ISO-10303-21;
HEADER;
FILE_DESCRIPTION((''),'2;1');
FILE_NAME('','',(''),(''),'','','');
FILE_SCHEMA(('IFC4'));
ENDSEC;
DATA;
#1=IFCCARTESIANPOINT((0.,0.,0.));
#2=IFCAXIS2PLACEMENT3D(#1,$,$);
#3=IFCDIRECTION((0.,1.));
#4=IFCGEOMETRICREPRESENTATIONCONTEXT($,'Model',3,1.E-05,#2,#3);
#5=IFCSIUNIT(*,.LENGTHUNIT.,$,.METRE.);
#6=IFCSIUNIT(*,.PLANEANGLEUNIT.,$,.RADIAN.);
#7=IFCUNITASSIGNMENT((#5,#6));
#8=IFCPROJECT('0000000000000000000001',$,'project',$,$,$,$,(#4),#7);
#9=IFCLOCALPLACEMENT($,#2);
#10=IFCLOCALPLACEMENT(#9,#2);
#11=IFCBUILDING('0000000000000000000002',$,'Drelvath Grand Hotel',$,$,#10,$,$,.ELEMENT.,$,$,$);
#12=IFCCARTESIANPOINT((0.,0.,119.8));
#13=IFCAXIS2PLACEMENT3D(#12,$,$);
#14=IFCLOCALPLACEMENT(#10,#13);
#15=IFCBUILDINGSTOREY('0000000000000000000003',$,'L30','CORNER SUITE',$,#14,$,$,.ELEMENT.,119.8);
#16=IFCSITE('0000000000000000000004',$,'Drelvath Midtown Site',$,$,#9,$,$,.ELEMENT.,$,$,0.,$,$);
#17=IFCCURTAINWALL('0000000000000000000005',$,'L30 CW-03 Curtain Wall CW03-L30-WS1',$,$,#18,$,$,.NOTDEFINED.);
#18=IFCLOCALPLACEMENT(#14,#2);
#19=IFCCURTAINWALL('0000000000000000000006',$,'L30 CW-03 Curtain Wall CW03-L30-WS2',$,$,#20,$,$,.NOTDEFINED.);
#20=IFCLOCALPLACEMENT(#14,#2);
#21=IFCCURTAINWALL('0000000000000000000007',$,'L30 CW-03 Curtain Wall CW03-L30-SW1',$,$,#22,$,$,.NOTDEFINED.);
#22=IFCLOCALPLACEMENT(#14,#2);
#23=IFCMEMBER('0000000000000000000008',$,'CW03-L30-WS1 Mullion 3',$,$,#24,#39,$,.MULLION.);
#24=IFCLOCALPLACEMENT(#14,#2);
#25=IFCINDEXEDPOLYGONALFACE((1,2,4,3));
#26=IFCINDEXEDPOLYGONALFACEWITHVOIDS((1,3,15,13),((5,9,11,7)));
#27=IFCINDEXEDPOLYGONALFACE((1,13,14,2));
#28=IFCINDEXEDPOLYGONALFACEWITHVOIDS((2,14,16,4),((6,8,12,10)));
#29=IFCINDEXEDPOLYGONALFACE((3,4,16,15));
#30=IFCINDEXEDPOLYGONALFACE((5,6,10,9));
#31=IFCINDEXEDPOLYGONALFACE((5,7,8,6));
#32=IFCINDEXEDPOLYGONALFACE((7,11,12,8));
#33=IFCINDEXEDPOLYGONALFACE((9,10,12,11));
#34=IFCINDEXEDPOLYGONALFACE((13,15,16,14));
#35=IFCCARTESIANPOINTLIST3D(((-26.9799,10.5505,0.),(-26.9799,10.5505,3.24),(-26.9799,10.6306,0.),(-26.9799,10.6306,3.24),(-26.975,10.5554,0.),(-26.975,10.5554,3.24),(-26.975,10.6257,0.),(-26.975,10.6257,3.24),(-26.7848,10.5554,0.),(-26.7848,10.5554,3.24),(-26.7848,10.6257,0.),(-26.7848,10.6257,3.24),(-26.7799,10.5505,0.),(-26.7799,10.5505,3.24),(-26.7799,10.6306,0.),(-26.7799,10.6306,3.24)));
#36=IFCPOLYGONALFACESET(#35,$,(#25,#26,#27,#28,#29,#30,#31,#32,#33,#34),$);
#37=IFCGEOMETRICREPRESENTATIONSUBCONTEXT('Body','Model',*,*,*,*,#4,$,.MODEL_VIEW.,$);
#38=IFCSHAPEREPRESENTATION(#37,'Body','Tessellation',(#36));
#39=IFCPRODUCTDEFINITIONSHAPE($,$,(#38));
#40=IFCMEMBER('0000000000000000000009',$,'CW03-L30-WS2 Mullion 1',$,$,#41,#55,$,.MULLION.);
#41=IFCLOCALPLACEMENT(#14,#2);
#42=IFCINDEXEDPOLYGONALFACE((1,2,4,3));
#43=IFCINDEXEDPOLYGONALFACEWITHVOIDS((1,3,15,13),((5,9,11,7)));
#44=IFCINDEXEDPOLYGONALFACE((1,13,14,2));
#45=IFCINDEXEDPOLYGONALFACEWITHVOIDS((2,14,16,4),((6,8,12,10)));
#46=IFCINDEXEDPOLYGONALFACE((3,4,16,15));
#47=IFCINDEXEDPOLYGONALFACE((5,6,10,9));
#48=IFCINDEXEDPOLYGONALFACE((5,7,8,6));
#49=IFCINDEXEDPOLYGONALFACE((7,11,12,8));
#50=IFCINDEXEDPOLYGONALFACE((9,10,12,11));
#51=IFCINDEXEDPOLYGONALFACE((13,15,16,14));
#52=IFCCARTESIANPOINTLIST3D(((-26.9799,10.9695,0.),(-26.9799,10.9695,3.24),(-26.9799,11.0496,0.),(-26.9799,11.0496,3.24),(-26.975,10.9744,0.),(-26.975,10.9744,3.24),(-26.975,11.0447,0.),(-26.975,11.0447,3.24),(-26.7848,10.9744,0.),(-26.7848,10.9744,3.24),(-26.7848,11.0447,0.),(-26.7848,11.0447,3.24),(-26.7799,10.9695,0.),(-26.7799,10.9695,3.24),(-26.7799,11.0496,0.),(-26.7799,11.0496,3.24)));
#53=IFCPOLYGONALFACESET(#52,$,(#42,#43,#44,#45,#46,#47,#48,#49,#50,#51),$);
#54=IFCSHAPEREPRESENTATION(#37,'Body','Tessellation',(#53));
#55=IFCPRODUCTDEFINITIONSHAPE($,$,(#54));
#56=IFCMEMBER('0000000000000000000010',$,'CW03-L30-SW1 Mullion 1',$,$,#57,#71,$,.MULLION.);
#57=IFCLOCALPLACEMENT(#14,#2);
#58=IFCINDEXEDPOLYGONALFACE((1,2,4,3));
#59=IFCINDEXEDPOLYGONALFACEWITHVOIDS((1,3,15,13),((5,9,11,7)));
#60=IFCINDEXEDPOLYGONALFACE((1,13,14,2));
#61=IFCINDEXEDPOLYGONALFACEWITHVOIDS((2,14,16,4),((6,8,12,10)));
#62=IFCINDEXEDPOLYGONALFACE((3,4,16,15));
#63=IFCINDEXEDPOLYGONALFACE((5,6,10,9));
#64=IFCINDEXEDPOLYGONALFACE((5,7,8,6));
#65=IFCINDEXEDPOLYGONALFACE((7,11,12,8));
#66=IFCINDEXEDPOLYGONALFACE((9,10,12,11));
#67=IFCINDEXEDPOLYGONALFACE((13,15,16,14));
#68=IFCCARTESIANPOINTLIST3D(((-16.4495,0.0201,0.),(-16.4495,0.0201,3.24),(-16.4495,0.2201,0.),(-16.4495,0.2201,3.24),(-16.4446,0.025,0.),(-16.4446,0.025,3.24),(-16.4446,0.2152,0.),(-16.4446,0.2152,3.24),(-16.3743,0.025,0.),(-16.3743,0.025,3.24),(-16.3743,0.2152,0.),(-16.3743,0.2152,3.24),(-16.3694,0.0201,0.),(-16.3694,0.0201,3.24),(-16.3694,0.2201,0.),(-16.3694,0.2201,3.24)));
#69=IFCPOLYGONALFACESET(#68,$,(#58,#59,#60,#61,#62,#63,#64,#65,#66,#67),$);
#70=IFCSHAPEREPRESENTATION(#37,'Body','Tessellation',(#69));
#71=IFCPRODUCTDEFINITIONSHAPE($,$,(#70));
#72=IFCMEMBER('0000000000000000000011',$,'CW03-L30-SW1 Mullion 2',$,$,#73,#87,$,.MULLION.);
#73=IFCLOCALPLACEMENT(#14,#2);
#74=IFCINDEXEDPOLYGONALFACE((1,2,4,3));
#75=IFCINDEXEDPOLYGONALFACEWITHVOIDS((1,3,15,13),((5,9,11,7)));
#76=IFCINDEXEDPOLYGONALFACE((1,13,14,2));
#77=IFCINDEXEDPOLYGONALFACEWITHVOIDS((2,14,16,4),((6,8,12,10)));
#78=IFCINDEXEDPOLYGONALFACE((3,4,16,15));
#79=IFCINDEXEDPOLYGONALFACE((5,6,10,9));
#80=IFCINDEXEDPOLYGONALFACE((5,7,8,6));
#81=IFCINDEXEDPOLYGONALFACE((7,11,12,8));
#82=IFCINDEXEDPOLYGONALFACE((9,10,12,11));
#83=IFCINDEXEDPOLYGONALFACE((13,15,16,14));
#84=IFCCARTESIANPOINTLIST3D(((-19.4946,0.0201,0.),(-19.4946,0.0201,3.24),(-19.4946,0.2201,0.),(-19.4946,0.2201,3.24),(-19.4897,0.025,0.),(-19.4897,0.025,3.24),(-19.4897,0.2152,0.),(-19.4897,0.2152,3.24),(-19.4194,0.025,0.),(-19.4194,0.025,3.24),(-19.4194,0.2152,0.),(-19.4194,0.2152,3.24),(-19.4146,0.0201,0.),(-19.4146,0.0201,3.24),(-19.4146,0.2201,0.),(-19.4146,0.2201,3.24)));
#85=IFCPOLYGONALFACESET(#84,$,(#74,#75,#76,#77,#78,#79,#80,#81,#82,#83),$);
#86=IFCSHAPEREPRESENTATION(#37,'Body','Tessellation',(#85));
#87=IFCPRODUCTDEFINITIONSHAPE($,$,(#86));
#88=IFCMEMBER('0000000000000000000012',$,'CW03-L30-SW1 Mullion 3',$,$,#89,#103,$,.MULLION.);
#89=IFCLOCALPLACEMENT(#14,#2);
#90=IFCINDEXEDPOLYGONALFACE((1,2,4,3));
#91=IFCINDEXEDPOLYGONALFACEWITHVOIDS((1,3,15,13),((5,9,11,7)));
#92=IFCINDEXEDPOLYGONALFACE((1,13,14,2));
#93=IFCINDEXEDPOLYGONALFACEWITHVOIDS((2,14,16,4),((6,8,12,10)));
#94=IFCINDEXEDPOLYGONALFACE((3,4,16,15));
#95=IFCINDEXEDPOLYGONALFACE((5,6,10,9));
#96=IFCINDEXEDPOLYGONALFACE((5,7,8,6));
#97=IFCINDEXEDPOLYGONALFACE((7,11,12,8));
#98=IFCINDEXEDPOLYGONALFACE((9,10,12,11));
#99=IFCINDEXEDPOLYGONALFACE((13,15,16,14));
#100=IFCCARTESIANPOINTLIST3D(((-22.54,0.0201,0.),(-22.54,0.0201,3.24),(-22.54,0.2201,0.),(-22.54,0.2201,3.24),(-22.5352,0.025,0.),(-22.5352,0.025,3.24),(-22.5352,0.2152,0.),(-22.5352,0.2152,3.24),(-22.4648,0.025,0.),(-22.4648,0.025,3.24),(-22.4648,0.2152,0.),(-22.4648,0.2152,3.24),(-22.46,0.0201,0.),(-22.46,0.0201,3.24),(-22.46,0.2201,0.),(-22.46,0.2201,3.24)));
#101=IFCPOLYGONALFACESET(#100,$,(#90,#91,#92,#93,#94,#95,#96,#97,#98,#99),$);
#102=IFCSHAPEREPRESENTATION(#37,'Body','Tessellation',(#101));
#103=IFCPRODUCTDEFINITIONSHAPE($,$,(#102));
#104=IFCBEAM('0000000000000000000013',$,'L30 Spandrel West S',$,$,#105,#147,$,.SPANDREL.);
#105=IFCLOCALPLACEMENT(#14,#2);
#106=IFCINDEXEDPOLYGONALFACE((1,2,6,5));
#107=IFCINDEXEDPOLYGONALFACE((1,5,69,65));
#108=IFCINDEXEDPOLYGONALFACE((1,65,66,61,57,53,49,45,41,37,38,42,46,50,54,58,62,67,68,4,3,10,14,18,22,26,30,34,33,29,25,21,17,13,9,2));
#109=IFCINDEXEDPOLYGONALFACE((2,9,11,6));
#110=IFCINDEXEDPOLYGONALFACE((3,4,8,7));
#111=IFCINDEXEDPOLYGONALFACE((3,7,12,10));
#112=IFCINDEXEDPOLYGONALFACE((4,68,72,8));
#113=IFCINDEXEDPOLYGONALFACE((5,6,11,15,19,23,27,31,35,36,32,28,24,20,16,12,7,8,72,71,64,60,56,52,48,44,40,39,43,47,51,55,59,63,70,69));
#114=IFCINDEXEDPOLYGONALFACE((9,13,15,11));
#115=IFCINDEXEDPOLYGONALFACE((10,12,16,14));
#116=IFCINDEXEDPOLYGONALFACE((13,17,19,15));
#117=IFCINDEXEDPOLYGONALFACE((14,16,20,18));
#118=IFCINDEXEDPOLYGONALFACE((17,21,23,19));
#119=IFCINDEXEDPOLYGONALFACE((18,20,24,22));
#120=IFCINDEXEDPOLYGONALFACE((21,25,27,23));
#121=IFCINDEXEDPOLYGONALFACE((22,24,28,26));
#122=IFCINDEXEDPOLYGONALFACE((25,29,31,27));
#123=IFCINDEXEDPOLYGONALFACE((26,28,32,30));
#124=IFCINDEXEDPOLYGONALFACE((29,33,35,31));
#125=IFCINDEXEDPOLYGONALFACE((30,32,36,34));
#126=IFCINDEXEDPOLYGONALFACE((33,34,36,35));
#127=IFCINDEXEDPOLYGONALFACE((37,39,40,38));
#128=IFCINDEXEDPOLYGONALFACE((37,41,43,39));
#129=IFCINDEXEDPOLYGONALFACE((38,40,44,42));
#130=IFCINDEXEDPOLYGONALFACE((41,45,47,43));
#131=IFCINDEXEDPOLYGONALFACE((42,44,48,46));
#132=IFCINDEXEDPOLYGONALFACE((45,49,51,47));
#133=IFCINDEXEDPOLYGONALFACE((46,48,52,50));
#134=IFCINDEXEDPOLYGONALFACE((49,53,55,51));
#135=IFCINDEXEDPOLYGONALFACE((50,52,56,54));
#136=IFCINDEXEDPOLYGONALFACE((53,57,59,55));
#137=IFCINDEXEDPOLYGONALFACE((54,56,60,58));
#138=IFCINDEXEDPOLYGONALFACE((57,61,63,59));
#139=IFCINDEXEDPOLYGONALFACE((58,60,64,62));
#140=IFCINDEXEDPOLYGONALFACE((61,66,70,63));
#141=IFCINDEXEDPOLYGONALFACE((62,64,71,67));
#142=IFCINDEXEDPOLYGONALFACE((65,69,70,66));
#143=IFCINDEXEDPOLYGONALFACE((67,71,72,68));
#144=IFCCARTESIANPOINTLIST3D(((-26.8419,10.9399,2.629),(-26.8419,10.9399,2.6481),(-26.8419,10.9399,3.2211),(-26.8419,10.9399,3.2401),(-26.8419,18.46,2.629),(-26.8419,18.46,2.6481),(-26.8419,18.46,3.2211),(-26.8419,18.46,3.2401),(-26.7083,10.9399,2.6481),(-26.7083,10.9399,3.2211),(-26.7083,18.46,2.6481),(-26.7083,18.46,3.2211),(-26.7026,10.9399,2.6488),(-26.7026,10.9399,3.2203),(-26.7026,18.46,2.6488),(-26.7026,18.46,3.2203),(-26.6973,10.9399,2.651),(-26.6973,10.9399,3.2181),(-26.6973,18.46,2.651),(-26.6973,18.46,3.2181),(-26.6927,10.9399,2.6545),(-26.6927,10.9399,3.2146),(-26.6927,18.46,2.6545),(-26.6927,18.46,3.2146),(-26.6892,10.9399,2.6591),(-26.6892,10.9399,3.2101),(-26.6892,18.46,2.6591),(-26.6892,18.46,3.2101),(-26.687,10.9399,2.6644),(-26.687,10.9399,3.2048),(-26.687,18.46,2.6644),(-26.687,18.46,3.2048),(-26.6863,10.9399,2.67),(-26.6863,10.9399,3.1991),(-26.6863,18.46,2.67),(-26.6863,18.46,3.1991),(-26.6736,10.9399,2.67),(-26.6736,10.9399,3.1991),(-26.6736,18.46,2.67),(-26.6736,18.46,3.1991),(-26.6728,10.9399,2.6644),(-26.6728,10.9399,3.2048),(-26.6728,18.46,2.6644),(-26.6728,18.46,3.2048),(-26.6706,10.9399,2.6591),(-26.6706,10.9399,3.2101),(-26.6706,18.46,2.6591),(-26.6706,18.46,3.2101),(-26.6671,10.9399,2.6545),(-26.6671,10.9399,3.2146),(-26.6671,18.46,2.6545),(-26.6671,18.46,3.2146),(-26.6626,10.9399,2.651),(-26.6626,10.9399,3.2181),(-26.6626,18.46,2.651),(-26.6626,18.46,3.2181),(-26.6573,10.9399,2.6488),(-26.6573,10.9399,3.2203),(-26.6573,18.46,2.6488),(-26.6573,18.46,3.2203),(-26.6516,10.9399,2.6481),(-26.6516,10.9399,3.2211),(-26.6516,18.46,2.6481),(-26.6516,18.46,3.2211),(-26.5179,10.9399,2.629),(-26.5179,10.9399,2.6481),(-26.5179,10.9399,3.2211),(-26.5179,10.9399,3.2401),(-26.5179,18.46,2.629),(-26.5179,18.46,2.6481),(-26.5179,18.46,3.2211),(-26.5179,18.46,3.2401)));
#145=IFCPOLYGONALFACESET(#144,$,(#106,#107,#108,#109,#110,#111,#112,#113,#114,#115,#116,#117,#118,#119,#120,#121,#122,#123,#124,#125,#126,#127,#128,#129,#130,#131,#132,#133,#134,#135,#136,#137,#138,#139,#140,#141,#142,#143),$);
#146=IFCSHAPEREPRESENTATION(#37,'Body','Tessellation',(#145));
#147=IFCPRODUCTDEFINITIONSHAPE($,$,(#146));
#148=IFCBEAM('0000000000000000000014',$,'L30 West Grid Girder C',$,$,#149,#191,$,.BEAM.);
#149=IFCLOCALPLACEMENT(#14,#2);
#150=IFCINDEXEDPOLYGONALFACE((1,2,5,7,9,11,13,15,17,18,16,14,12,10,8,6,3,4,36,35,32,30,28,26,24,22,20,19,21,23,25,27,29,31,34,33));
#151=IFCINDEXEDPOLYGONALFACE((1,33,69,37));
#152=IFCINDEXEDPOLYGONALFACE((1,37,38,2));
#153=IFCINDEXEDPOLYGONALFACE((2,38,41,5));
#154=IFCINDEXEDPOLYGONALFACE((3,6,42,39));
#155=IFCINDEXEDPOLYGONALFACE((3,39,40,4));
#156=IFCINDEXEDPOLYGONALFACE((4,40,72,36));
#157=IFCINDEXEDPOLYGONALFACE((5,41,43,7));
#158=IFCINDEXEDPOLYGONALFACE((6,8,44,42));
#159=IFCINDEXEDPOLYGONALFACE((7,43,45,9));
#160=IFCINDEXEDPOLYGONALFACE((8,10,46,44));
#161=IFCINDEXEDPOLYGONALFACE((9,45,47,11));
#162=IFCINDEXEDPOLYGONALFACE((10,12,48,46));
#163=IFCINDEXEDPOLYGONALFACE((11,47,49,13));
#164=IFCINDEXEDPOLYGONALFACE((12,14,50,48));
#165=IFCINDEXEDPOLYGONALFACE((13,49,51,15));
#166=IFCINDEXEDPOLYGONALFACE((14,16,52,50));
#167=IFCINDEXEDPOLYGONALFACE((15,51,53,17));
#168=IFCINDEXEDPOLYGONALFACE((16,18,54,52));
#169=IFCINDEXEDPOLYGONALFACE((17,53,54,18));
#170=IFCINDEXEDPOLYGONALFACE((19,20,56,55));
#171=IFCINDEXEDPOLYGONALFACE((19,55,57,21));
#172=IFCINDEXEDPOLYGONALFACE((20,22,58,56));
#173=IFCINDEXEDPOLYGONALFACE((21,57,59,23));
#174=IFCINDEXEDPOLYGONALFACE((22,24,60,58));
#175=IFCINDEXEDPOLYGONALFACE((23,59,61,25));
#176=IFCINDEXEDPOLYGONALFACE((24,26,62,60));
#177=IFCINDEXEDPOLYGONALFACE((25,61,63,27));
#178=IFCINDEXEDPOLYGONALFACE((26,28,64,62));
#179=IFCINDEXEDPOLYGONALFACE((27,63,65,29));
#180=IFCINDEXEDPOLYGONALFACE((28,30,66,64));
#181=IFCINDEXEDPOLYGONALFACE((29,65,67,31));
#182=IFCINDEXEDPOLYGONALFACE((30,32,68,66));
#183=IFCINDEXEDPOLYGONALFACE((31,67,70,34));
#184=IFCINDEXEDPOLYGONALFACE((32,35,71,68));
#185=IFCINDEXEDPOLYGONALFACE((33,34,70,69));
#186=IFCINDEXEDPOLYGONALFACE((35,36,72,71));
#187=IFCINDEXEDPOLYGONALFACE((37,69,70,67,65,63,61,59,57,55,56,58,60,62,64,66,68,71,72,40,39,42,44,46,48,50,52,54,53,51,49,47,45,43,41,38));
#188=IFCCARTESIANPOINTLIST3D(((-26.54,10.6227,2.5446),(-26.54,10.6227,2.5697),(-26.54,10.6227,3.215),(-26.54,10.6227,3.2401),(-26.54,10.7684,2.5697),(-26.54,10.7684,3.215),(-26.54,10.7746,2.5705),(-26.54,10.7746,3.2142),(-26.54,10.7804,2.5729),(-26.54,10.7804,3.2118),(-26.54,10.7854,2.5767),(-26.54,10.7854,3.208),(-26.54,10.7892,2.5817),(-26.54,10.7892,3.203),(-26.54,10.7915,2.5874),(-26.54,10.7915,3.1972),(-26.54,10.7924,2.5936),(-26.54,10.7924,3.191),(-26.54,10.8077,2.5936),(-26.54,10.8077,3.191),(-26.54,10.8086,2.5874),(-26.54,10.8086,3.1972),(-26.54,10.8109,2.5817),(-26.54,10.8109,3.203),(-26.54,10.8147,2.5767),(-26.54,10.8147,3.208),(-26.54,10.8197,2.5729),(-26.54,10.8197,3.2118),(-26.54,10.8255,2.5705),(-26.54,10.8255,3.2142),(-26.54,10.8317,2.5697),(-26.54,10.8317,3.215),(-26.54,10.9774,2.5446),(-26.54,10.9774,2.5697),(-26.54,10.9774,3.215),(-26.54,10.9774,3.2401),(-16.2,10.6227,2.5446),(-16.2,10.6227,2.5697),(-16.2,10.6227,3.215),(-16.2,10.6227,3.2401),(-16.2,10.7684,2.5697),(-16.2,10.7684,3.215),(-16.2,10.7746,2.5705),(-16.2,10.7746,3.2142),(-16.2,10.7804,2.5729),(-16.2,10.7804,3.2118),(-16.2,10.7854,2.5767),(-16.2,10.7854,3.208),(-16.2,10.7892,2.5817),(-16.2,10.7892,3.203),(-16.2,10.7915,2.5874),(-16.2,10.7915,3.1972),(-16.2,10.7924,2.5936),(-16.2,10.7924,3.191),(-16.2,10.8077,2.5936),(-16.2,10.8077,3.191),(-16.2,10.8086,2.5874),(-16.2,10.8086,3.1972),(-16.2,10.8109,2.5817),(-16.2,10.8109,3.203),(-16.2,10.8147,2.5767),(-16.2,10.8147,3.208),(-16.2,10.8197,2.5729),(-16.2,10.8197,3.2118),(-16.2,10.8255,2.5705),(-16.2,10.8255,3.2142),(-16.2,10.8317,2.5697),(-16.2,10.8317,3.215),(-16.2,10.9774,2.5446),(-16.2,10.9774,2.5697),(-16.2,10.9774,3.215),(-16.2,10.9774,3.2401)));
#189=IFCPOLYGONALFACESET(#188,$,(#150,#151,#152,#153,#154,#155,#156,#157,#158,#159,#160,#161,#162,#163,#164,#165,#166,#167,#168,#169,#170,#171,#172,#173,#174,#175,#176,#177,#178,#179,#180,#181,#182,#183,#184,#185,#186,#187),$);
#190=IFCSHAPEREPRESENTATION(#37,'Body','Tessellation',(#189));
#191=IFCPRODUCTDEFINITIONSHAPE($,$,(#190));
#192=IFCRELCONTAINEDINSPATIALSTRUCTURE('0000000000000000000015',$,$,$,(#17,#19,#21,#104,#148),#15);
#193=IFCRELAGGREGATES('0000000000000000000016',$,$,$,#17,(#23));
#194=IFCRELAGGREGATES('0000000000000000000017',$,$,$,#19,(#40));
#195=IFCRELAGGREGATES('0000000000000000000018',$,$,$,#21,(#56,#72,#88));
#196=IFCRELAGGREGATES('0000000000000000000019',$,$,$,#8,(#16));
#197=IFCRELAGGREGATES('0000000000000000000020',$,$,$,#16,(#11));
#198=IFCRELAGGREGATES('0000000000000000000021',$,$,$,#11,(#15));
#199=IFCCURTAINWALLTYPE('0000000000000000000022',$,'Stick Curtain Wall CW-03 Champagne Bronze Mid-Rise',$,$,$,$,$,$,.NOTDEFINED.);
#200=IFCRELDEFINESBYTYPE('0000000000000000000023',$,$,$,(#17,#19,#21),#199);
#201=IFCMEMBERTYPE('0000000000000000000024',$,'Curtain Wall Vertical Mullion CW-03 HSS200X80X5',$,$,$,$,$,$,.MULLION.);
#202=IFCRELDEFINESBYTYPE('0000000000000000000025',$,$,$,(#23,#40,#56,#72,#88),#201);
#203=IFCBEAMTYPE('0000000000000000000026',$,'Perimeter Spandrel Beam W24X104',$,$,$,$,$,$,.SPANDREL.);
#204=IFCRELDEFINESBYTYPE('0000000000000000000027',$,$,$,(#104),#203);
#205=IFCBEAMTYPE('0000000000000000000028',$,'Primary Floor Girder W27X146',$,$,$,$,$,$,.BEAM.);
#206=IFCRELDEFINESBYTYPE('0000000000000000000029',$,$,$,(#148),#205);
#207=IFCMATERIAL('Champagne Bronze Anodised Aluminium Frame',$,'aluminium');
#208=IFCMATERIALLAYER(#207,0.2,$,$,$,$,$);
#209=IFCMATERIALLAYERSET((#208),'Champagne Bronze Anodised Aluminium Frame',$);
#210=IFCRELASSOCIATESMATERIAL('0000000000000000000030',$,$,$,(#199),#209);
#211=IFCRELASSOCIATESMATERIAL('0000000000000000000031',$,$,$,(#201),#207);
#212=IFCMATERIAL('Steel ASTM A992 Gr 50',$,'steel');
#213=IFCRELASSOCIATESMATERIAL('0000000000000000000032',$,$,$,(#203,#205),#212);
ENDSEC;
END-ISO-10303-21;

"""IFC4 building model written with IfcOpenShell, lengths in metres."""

from ifc_helpers import new_model, si_unit, direction, frame, origin, origin_2d, place, context, subcontext, project, spatial, hollow_rectangle, i_section, extrude, material, layer, layer_set, material_profile, profile_set, type_object, element, aggregate, save


model = new_model("IFC4")

# Units and contexts
model_context = context("Model", 3, precision=1e-05, world=origin(), true_north=direction((0.0, 1.0)))
body_context = subcontext(model_context, "Body", "Model", "MODEL_VIEW")
ifc_project = project(units=[si_unit("LENGTHUNIT", "METRE"), si_unit("PLANEANGLEUNIT", "RADIAN")], contexts=[model_context])

# Site, building, storey
site_placement = place(None, origin())
site = spatial("IfcSite", under=ifc_project, at=site_placement, Name="Drelvath Midtown Site", CompositionType="ELEMENT", RefElevation=0.0)
building_placement = place(site_placement, origin())
building = spatial("IfcBuilding", under=site, at=building_placement, Name="Drelvath Grand Hotel", CompositionType="ELEMENT")
storey_placement = place(building_placement, frame((0.0, 0.0, 119.8)))
storey = spatial("IfcBuildingStorey", under=building, at=storey_placement, Name="L30", Description="CORNER SUITE", CompositionType="ELEMENT", Elevation=119.8)

# Curtain walls
ifc_material_1 = material(Name="Champagne Bronze Anodised Aluminium Frame", Category="aluminium")
ifc_layer_1 = layer(ifc_material_1, 0.2)
ifc_layer_set_1 = layer_set([ifc_layer_1], Name="Champagne Bronze Anodised Aluminium Frame")
curtain_wall_type = type_object("IfcCurtainWallType", Name="Stick Curtain Wall CW-03 Champagne Bronze Mid-Rise", PredefinedType="NOTDEFINED", material=ifc_layer_set_1)
curtain_wall_1_placement = place(storey_placement, origin())
curtain_wall_1 = element("IfcCurtainWall", 1, at=curtain_wall_1_placement, inside=storey, type_object=curtain_wall_type, Name="L30 CW-03 Curtain Wall CW03-L30-WS1", PredefinedType="NOTDEFINED")
curtain_wall_2_placement = place(storey_placement, origin())
curtain_wall_2 = element("IfcCurtainWall", 2, at=curtain_wall_2_placement, inside=storey, type_object=curtain_wall_type, Name="L30 CW-03 Curtain Wall CW03-L30-WS2", PredefinedType="NOTDEFINED")
curtain_wall_3_placement = place(storey_placement, origin())
curtain_wall_3 = element("IfcCurtainWall", 3, at=curtain_wall_3_placement, inside=storey, type_object=curtain_wall_type, Name="L30 CW-03 Curtain Wall CW03-L30-SW1", PredefinedType="NOTDEFINED")

# Members
ifc_material_profile_1 = material_profile(ifc_material_1, hollow_rectangle(XDim=0.0801, YDim=0.2, WallThickness=0.0049, at=origin_2d()), Name="HSS200X80X5")
ifc_profile_set_1 = profile_set([ifc_material_profile_1], Name="Champagne Bronze Anodised Aluminium Frame")
member_type_1 = type_object("IfcMemberType", Name="Curtain Wall Vertical Mullion CW-03 HSS200X80X5", PredefinedType="MULLION", material=ifc_profile_set_1)
member_1_placement = place(storey_placement, frame((-26.8799, 10.5906, 0.0), z_axis=(0.0, 0.0, 1.0), x_axis=(0.0, 1.0, 0.0)))
member_1 = element("IfcMember", 4, at=member_1_placement, type_object=member_type_1, Name="CW03-L30-WS1 Mullion 3", PredefinedType="MULLION", context=body_context, shape_type="SweptSolid", body=[
    extrude(hollow_rectangle(XDim=0.0801, YDim=0.2, WallThickness=0.0049, at=origin_2d()), origin(), (0.0, 0.0, 1.0), 3.24),
])
member_2_placement = place(storey_placement, frame((-26.8799, 11.0095, 0.0), z_axis=(0.0, 0.0, 1.0), x_axis=(0.0, 1.0, 0.0)))
member_2 = element("IfcMember", 5, at=member_2_placement, type_object=member_type_1, Name="CW03-L30-WS2 Mullion 1", PredefinedType="MULLION", context=body_context, shape_type="SweptSolid", body=[
    extrude(hollow_rectangle(XDim=0.0801, YDim=0.2, WallThickness=0.0049, at=origin_2d()), origin(), (0.0, 0.0, 1.0), 3.24),
])
member_3_placement = place(storey_placement, frame((-16.4094, 0.1201, 0.0), z_axis=(0.0, 0.0, 1.0), x_axis=(1.0, 0.0, 0.0)))
member_3 = element("IfcMember", 6, at=member_3_placement, type_object=member_type_1, Name="CW03-L30-SW1 Mullion 1", PredefinedType="MULLION", context=body_context, shape_type="SweptSolid", body=[
    extrude(hollow_rectangle(XDim=0.0801, YDim=0.2, WallThickness=0.0049, at=origin_2d()), origin(), (0.0, 0.0, 1.0), 3.24),
])
member_4_placement = place(storey_placement, frame((-19.4546, 0.1201, 0.0), z_axis=(0.0, 0.0, 1.0), x_axis=(1.0, 0.0, 0.0)))
member_4 = element("IfcMember", 7, at=member_4_placement, type_object=member_type_1, Name="CW03-L30-SW1 Mullion 2", PredefinedType="MULLION", context=body_context, shape_type="SweptSolid", body=[
    extrude(hollow_rectangle(XDim=0.0801, YDim=0.2, WallThickness=0.0049, at=origin_2d()), origin(), (0.0, 0.0, 1.0), 3.24),
])
member_5_placement = place(storey_placement, frame((-22.5, 0.1201, 0.0), z_axis=(0.0, 0.0, 1.0), x_axis=(1.0, 0.0, 0.0)))
member_5 = element("IfcMember", 8, at=member_5_placement, type_object=member_type_1, Name="CW03-L30-SW1 Mullion 3", PredefinedType="MULLION", context=body_context, shape_type="SweptSolid", body=[
    extrude(hollow_rectangle(XDim=0.0801, YDim=0.2, WallThickness=0.0049, at=origin_2d()), origin(), (0.0, 0.0, 1.0), 3.24),
])

# Beams
ifc_material_2 = material(Name="Steel ASTM A992 Gr 50", Category="steel")
ifc_material_profile_2 = material_profile(ifc_material_2, i_section(OverallWidth=0.324, OverallDepth=0.6111, WebThickness=0.0127, FlangeThickness=0.019, FilletRadius=0.022, at=origin_2d()), Name="W24X104")
ifc_profile_set_2 = profile_set([ifc_material_profile_2], Name="Steel ASTM A992 Gr 50")
beam_type_1 = type_object("IfcBeamType", Name="Perimeter Spandrel Beam W24X104", PredefinedType="SPANDREL", material=ifc_profile_set_2)
beam_placement = place(storey_placement, frame((-26.6799, 10.9399, 2.9346), z_axis=(0.0, 1.0, 0.0), x_axis=(-1.0, 0.0, 0.0)))
element("IfcBeam", 9, at=beam_placement, inside=storey, type_object=beam_type_1, Name="L30 Spandrel West S", PredefinedType="SPANDREL", context=body_context, shape_type="SweptSolid", body=[
    extrude(i_section(OverallWidth=0.324, OverallDepth=0.6111, WebThickness=0.0127, FlangeThickness=0.019, FilletRadius=0.022, at=origin_2d()), origin(), (0.0, 0.0, 1.0), 7.52),
])
ifc_material_profile_3 = material_profile(ifc_material_2, i_section(OverallWidth=0.3547, OverallDepth=0.6956, WebThickness=0.0154, FlangeThickness=0.0251, FilletRadius=0.0239, at=origin_2d()), Name="W27X146")
ifc_profile_set_3 = profile_set([ifc_material_profile_3], Name="Steel ASTM A992 Gr 50")
beam_type_2 = type_object("IfcBeamType", Name="Primary Floor Girder W27X146", PredefinedType="BEAM", material=ifc_profile_set_3)
for number, where, z_axis, x_axis, name in (
    (10, (-26.54, 10.8, 2.8923), (1.0, 0.0, 0.0), (0.0, 1.0, 0.0), "L30 West Grid Girder C"),
):
    element("IfcBeam", number, at=place(storey_placement, frame(where, z_axis=z_axis, x_axis=x_axis)), inside=storey, type_object=beam_type_2, Name=name, PredefinedType="BEAM", context=body_context, shape_type="SweptSolid", body=[
        extrude(i_section(OverallWidth=0.3547, OverallDepth=0.6956, WebThickness=0.0154, FlangeThickness=0.0251, FilletRadius=0.0239, at=origin_2d()), origin(), (0.0, 0.0, 1.0), 10.3401),
    ])

aggregate(curtain_wall_1, [member_1])
aggregate(curtain_wall_2, [member_2])
aggregate(curtain_wall_3, [member_3, member_4, member_5])

save(model, "model.ifc")
